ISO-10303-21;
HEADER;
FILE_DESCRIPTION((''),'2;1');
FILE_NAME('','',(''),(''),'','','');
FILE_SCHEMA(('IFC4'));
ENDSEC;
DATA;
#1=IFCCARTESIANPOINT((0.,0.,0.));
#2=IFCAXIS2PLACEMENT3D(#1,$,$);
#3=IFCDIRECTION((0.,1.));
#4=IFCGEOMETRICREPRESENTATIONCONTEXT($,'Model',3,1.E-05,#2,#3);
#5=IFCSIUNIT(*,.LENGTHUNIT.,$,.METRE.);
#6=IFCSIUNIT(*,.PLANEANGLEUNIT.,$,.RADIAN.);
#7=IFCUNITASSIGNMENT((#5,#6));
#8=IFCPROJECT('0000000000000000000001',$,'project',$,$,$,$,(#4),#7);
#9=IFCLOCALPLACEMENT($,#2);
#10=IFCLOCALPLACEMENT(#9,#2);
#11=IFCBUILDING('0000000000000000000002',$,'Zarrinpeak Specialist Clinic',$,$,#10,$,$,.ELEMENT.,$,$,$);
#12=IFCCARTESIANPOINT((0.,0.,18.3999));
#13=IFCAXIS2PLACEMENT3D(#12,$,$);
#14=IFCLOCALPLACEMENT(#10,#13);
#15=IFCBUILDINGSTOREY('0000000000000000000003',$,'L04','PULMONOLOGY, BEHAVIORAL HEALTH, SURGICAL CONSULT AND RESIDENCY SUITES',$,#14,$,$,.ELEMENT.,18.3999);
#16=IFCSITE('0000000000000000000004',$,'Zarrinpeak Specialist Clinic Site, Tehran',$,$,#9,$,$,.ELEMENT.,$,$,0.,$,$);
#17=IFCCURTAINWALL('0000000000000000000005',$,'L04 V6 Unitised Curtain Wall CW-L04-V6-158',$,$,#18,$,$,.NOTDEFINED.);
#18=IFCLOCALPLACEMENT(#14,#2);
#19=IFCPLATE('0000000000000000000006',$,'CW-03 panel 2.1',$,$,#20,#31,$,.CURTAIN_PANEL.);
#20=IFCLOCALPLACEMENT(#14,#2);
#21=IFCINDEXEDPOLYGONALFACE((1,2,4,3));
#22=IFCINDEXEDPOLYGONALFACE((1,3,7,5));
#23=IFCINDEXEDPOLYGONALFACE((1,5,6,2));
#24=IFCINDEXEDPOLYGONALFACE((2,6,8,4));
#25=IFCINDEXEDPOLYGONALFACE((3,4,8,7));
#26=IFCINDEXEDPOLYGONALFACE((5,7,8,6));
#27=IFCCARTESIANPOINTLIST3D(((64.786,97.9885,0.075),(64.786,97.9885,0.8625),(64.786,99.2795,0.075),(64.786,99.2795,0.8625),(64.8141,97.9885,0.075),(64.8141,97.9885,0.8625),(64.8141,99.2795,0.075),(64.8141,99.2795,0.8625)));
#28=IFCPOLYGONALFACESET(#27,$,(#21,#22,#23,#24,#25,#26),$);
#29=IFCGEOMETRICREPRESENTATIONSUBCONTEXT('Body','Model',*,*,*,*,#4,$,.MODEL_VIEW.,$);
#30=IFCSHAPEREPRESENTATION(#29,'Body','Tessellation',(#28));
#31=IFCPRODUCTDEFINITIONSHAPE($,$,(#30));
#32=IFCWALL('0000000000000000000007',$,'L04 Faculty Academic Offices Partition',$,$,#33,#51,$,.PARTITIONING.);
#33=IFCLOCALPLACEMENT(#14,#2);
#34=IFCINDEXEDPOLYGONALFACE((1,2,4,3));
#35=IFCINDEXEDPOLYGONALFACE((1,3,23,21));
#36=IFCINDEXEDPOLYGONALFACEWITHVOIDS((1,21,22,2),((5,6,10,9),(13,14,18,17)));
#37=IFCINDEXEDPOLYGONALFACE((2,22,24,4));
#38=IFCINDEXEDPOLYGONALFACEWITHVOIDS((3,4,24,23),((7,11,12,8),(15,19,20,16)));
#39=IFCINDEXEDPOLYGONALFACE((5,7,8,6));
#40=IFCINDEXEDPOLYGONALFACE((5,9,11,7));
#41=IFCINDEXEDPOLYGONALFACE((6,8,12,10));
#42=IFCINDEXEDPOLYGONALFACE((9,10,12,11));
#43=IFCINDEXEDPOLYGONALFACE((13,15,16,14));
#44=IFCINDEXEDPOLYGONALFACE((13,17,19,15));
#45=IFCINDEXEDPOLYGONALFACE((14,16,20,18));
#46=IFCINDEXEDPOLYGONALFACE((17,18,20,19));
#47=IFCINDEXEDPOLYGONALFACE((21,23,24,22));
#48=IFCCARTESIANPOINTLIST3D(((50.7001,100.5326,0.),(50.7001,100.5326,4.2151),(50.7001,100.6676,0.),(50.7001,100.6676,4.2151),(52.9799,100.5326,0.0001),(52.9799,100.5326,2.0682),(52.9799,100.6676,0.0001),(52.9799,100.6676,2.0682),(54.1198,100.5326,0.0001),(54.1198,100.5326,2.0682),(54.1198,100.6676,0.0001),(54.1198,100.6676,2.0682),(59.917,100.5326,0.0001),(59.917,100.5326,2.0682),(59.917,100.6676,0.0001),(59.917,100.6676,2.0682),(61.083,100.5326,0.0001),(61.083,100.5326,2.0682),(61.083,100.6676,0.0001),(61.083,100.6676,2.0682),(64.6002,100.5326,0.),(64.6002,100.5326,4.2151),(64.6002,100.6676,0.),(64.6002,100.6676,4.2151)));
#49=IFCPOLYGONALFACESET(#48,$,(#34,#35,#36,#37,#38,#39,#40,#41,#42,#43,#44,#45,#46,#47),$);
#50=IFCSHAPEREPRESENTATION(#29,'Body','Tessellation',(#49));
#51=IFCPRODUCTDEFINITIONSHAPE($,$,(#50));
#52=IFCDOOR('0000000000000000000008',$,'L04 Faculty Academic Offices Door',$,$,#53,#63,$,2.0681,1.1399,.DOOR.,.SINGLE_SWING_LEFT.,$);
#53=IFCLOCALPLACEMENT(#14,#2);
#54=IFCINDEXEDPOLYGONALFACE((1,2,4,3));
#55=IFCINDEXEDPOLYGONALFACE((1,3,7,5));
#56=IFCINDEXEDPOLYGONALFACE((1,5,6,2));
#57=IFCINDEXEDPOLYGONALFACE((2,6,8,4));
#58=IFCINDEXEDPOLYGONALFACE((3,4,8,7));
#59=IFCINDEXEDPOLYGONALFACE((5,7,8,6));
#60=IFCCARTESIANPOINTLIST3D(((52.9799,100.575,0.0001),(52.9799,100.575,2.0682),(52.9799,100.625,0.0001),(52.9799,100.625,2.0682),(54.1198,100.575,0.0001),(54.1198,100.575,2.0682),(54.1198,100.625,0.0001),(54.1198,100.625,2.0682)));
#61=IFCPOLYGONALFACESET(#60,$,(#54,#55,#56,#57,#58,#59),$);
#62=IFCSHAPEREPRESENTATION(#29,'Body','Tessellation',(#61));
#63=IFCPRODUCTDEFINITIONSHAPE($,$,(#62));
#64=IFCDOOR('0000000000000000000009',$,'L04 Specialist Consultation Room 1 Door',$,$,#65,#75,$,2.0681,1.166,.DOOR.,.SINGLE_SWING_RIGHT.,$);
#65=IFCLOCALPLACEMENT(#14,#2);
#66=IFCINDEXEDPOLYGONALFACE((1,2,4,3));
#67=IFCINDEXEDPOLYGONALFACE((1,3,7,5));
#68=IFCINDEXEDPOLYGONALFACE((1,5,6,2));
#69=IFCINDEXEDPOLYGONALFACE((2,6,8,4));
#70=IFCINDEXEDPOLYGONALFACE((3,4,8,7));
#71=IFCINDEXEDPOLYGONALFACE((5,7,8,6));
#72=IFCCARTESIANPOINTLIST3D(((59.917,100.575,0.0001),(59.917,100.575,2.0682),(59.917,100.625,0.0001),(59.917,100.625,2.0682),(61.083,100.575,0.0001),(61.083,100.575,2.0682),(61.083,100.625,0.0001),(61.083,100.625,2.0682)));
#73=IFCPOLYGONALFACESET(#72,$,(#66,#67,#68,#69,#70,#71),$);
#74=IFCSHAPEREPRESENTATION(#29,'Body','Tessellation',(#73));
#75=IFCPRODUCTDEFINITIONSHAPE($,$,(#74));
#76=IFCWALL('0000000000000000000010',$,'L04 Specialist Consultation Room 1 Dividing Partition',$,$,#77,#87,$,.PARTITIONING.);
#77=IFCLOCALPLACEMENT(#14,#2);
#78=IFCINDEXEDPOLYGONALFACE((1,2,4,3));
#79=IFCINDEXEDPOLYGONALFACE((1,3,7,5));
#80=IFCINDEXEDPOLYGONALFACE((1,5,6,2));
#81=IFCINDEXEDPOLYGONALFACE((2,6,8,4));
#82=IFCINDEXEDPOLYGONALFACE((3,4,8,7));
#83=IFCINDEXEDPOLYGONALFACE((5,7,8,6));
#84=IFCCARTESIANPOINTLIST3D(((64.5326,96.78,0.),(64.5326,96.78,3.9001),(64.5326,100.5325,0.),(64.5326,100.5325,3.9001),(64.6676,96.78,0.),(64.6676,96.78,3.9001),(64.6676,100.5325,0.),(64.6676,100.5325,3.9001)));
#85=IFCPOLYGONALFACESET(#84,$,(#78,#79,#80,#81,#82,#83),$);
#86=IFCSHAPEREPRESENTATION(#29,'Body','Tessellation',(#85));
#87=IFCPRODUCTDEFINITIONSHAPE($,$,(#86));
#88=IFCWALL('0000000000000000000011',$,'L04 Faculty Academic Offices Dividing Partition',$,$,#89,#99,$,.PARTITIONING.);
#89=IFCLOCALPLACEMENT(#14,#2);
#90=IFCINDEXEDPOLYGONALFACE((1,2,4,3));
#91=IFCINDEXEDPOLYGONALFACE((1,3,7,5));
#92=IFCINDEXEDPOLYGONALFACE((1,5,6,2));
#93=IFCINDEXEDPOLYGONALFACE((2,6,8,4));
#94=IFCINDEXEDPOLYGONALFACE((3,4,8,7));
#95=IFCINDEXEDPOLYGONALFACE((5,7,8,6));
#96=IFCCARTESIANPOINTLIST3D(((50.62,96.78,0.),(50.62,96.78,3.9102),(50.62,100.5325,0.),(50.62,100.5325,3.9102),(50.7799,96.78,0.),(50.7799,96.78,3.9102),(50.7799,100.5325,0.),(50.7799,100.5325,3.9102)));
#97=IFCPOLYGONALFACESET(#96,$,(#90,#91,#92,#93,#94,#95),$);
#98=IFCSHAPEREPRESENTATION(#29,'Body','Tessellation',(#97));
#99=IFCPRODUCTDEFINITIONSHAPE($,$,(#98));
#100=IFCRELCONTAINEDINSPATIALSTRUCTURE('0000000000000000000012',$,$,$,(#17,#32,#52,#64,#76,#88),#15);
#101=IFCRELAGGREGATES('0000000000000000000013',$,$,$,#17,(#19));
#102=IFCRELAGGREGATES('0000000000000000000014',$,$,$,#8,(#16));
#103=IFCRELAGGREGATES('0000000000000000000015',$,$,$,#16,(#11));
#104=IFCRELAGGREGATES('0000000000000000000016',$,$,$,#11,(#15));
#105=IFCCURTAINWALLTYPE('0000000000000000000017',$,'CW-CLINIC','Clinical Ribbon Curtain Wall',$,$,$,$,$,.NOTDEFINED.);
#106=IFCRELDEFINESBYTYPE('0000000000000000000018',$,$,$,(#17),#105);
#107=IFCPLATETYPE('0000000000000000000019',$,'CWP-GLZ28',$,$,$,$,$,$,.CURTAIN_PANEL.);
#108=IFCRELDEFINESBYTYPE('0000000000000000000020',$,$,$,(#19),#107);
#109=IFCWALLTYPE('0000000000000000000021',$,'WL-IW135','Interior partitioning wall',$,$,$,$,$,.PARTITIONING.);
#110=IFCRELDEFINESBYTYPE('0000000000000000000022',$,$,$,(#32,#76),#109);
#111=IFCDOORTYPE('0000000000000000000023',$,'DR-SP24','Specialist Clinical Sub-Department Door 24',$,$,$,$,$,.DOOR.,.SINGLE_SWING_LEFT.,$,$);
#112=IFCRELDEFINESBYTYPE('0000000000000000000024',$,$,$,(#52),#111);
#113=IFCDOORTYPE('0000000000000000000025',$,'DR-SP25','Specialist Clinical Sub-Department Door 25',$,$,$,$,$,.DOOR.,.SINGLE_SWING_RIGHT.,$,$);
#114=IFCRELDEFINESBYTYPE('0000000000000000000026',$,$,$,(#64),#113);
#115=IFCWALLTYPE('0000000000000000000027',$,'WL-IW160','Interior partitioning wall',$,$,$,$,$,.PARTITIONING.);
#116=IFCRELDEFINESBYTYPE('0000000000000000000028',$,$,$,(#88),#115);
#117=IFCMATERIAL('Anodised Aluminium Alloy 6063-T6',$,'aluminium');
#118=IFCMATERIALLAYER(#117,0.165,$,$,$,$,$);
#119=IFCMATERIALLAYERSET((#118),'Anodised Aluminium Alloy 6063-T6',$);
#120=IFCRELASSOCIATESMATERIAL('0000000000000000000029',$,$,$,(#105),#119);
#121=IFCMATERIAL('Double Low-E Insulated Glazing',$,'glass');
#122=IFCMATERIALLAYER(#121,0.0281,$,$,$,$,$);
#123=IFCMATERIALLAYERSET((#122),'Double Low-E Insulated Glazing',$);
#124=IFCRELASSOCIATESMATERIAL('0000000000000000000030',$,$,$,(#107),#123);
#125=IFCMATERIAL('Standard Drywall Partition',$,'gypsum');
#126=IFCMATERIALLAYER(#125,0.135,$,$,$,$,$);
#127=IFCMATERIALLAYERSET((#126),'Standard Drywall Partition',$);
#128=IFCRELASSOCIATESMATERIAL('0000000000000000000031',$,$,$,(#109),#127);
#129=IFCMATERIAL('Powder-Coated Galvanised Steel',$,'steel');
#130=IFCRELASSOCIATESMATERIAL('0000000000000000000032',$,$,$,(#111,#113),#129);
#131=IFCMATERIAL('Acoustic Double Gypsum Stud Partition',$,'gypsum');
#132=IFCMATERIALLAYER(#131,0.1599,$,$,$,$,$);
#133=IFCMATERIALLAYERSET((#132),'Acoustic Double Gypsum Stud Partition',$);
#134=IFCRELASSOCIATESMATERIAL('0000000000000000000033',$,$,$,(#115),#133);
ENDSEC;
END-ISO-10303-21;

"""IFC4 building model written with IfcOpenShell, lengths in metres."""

from ifc_helpers import new_model, si_unit, direction, frame, frame_2d, origin, origin_2d, place, context, subcontext, project, spatial, rectangle, extrude, material, layer, layer_set, type_object, element, fill, aggregate, save


model = new_model("IFC4")

# Units and contexts
model_context = context("Model", 3, precision=1e-05, world=origin(), true_north=direction((0.0, 1.0)))
body_context = subcontext(model_context, "Body", "Model", "MODEL_VIEW")
ifc_project = project(units=[si_unit("LENGTHUNIT", "METRE"), si_unit("PLANEANGLEUNIT", "RADIAN")], contexts=[model_context])

# Site, building, storey
site_placement = place(None, origin())
site = spatial("IfcSite", under=ifc_project, at=site_placement, Name="Zarrinpeak Specialist Clinic Site, Tehran", CompositionType="ELEMENT", RefElevation=0.0)
building_placement = place(site_placement, origin())
building = spatial("IfcBuilding", under=site, at=building_placement, Name="Zarrinpeak Specialist Clinic", CompositionType="ELEMENT")
storey_placement = place(building_placement, frame((0.0, 0.0, 18.3999)))
storey = spatial("IfcBuildingStorey", under=building, at=storey_placement, Name="L04", Description="PULMONOLOGY, BEHAVIORAL HEALTH, SURGICAL CONSULT AND RESIDENCY SUITES", CompositionType="ELEMENT", Elevation=18.3999)

# Curtain wall, plate
ifc_material_1 = material(Name="Anodised Aluminium Alloy 6063-T6", Category="aluminium")
ifc_layer_1 = layer(ifc_material_1, 0.165)
ifc_layer_set_1 = layer_set([ifc_layer_1], Name="Anodised Aluminium Alloy 6063-T6")
curtain_wall_type = type_object("IfcCurtainWallType", Name="CW-CLINIC", Description="Clinical Ribbon Curtain Wall", PredefinedType="NOTDEFINED", material=ifc_layer_set_1)
curtain_wall_placement = place(storey_placement, origin())
curtain_wall = element("IfcCurtainWall", 1, at=curtain_wall_placement, inside=storey, type_object=curtain_wall_type, Name="L04 V6 Unitised Curtain Wall CW-L04-V6-158", PredefinedType="NOTDEFINED")
ifc_material_2 = material(Name="Double Low-E Insulated Glazing", Category="glass")
ifc_layer_2 = layer(ifc_material_2, 0.0281)
ifc_layer_set_2 = layer_set([ifc_layer_2], Name="Double Low-E Insulated Glazing")
plate_type = type_object("IfcPlateType", Name="CWP-GLZ28", PredefinedType="CURTAIN_PANEL", material=ifc_layer_set_2)
plate_1_placement = place(storey_placement, frame((64.8, 98.634, 0.075), z_axis=(0.0, 0.0, 1.0), x_axis=(0.0, 1.0, 0.0)))
plate_1 = element("IfcPlate", 2, at=plate_1_placement, type_object=plate_type, Name="CW-03 panel 2.1", PredefinedType="CURTAIN_PANEL", context=body_context, shape_type="SweptSolid", body=[
    extrude(rectangle(XDim=1.291, YDim=0.0281, at=origin_2d()), origin(), (0.0, 0.0, 1.0), 0.7876),
])
aggregate(curtain_wall, [plate_1])

# Wall, openings, doors
ifc_material_3 = material(Name="Standard Drywall Partition", Category="gypsum")
ifc_layer_3 = layer(ifc_material_3, 0.135)
ifc_layer_set_3 = layer_set([ifc_layer_3], Name="Standard Drywall Partition")
wall_type_1 = type_object("IfcWallType", Name="WL-IW135", Description="Interior partitioning wall", PredefinedType="PARTITIONING", material=ifc_layer_set_3)
wall_1_placement = place(storey_placement, frame((50.7, 100.6001, 0.0), z_axis=(0.0, 0.0, 1.0), x_axis=(1.0, 0.0, 0.0)))
wall_1 = element("IfcWall", 3, at=wall_1_placement, inside=storey, type_object=wall_type_1, Name="L04 Faculty Academic Offices Partition", PredefinedType="PARTITIONING", context=body_context, shape_type="SweptSolid", body=[
    extrude(rectangle(XDim=13.9001, YDim=0.135, at=frame_2d((6.9502, 0.0))), origin(), (0.0, 0.0, 1.0), 4.2151),
])
opening_1_placement = place(wall_1_placement, frame((2.28, 0.0, 0.0)))
opening_1 = element("IfcOpeningElement", 4, at=opening_1_placement, cuts=wall_1, PredefinedType="OPENING", context=body_context, shape_type="SweptSolid", body=[
    extrude(rectangle(XDim=1.1399, YDim=2.0681, at=frame_2d((0.5698, 1.0342))), frame((0.0, 0.0776, 0.0), z_axis=(0.0, -1.0, 0.0), x_axis=(1.0, 0.0, 0.0)), (0.0, 0.0, 1.0), 0.155),
])
opening_2_placement = place(wall_1_placement, frame((9.217, 0.0, 0.0)))
opening_2 = element("IfcOpeningElement", 5, at=opening_2_placement, cuts=wall_1, PredefinedType="OPENING", context=body_context, shape_type="SweptSolid", body=[
    extrude(rectangle(XDim=1.166, YDim=2.0681, at=frame_2d((0.583, 1.0342))), frame((0.0, 0.0776, 0.0), z_axis=(0.0, -1.0, 0.0), x_axis=(1.0, 0.0, 0.0)), (0.0, 0.0, 1.0), 0.155),
])
ifc_material_4 = material(Name="Powder-Coated Galvanised Steel", Category="steel")
door_type_1 = type_object("IfcDoorType", Name="DR-SP24", Description="Specialist Clinical Sub-Department Door 24", OperationType="SINGLE_SWING_LEFT", PredefinedType="DOOR", material=ifc_material_4)
door_1_placement = place(opening_1_placement, origin())
door_1 = element("IfcDoor", 6, at=door_1_placement, inside=storey, type_object=door_type_1, Name="L04 Faculty Academic Offices Door", OperationType="SINGLE_SWING_LEFT", OverallHeight=2.0681, OverallWidth=1.1399, PredefinedType="DOOR", context=body_context, shape_type="SweptSolid", body=[
    extrude(rectangle(XDim=1.1399, YDim=2.0681, at=frame_2d((0.5698, 1.0342))), frame((0.0, 0.0249, 0.0), z_axis=(0.0, -1.0, 0.0), x_axis=(1.0, 0.0, 0.0)), (0.0, 0.0, 1.0), 0.05),
])
fill(opening_1, door_1)
door_type_2 = type_object("IfcDoorType", Name="DR-SP25", Description="Specialist Clinical Sub-Department Door 25", OperationType="SINGLE_SWING_RIGHT", PredefinedType="DOOR", material=ifc_material_4)
door_2_placement = place(opening_2_placement, origin())
door_2 = element("IfcDoor", 7, at=door_2_placement, inside=storey, type_object=door_type_2, Name="L04 Specialist Consultation Room 1 Door", OperationType="SINGLE_SWING_RIGHT", OverallHeight=2.0681, OverallWidth=1.166, PredefinedType="DOOR", context=body_context, shape_type="SweptSolid", body=[
    extrude(rectangle(XDim=1.166, YDim=2.0681, at=frame_2d((0.583, 1.0342))), frame((0.0, 0.0249, 0.0), z_axis=(0.0, -1.0, 0.0), x_axis=(1.0, 0.0, 0.0)), (0.0, 0.0, 1.0), 0.05),
])
fill(opening_2, door_2)

# Walls
wall_2_placement = place(storey_placement, frame((64.6001, 96.78, 0.0), z_axis=(0.0, 0.0, 1.0), x_axis=(0.0, 1.0, 0.0)))
element("IfcWall", 8, at=wall_2_placement, inside=storey, type_object=wall_type_1, Name="L04 Specialist Consultation Room 1 Dividing Partition", PredefinedType="PARTITIONING", context=body_context, shape_type="SweptSolid", body=[
    extrude(rectangle(XDim=3.7524, YDim=0.135, at=frame_2d((1.8762, 0.0))), origin(), (0.0, 0.0, 1.0), 3.9001),
])
ifc_material_5 = material(Name="Acoustic Double Gypsum Stud Partition", Category="gypsum")
ifc_layer_4 = layer(ifc_material_5, 0.1599)
ifc_layer_set_4 = layer_set([ifc_layer_4], Name="Acoustic Double Gypsum Stud Partition")
wall_type_2 = type_object("IfcWallType", Name="WL-IW160", Description="Interior partitioning wall", PredefinedType="PARTITIONING", material=ifc_layer_set_4)
wall_3_placement = place(storey_placement, frame((50.7, 96.78, 0.0), z_axis=(0.0, 0.0, 1.0), x_axis=(0.0, 1.0, 0.0)))
element("IfcWall", 9, at=wall_3_placement, inside=storey, type_object=wall_type_2, Name="L04 Faculty Academic Offices Dividing Partition", PredefinedType="PARTITIONING", context=body_context, shape_type="SweptSolid", body=[
    extrude(rectangle(XDim=3.7524, YDim=0.1599, at=frame_2d((1.8762, 0.0))), origin(), (0.0, 0.0, 1.0), 3.9102),
])

save(model, "model.ifc")
